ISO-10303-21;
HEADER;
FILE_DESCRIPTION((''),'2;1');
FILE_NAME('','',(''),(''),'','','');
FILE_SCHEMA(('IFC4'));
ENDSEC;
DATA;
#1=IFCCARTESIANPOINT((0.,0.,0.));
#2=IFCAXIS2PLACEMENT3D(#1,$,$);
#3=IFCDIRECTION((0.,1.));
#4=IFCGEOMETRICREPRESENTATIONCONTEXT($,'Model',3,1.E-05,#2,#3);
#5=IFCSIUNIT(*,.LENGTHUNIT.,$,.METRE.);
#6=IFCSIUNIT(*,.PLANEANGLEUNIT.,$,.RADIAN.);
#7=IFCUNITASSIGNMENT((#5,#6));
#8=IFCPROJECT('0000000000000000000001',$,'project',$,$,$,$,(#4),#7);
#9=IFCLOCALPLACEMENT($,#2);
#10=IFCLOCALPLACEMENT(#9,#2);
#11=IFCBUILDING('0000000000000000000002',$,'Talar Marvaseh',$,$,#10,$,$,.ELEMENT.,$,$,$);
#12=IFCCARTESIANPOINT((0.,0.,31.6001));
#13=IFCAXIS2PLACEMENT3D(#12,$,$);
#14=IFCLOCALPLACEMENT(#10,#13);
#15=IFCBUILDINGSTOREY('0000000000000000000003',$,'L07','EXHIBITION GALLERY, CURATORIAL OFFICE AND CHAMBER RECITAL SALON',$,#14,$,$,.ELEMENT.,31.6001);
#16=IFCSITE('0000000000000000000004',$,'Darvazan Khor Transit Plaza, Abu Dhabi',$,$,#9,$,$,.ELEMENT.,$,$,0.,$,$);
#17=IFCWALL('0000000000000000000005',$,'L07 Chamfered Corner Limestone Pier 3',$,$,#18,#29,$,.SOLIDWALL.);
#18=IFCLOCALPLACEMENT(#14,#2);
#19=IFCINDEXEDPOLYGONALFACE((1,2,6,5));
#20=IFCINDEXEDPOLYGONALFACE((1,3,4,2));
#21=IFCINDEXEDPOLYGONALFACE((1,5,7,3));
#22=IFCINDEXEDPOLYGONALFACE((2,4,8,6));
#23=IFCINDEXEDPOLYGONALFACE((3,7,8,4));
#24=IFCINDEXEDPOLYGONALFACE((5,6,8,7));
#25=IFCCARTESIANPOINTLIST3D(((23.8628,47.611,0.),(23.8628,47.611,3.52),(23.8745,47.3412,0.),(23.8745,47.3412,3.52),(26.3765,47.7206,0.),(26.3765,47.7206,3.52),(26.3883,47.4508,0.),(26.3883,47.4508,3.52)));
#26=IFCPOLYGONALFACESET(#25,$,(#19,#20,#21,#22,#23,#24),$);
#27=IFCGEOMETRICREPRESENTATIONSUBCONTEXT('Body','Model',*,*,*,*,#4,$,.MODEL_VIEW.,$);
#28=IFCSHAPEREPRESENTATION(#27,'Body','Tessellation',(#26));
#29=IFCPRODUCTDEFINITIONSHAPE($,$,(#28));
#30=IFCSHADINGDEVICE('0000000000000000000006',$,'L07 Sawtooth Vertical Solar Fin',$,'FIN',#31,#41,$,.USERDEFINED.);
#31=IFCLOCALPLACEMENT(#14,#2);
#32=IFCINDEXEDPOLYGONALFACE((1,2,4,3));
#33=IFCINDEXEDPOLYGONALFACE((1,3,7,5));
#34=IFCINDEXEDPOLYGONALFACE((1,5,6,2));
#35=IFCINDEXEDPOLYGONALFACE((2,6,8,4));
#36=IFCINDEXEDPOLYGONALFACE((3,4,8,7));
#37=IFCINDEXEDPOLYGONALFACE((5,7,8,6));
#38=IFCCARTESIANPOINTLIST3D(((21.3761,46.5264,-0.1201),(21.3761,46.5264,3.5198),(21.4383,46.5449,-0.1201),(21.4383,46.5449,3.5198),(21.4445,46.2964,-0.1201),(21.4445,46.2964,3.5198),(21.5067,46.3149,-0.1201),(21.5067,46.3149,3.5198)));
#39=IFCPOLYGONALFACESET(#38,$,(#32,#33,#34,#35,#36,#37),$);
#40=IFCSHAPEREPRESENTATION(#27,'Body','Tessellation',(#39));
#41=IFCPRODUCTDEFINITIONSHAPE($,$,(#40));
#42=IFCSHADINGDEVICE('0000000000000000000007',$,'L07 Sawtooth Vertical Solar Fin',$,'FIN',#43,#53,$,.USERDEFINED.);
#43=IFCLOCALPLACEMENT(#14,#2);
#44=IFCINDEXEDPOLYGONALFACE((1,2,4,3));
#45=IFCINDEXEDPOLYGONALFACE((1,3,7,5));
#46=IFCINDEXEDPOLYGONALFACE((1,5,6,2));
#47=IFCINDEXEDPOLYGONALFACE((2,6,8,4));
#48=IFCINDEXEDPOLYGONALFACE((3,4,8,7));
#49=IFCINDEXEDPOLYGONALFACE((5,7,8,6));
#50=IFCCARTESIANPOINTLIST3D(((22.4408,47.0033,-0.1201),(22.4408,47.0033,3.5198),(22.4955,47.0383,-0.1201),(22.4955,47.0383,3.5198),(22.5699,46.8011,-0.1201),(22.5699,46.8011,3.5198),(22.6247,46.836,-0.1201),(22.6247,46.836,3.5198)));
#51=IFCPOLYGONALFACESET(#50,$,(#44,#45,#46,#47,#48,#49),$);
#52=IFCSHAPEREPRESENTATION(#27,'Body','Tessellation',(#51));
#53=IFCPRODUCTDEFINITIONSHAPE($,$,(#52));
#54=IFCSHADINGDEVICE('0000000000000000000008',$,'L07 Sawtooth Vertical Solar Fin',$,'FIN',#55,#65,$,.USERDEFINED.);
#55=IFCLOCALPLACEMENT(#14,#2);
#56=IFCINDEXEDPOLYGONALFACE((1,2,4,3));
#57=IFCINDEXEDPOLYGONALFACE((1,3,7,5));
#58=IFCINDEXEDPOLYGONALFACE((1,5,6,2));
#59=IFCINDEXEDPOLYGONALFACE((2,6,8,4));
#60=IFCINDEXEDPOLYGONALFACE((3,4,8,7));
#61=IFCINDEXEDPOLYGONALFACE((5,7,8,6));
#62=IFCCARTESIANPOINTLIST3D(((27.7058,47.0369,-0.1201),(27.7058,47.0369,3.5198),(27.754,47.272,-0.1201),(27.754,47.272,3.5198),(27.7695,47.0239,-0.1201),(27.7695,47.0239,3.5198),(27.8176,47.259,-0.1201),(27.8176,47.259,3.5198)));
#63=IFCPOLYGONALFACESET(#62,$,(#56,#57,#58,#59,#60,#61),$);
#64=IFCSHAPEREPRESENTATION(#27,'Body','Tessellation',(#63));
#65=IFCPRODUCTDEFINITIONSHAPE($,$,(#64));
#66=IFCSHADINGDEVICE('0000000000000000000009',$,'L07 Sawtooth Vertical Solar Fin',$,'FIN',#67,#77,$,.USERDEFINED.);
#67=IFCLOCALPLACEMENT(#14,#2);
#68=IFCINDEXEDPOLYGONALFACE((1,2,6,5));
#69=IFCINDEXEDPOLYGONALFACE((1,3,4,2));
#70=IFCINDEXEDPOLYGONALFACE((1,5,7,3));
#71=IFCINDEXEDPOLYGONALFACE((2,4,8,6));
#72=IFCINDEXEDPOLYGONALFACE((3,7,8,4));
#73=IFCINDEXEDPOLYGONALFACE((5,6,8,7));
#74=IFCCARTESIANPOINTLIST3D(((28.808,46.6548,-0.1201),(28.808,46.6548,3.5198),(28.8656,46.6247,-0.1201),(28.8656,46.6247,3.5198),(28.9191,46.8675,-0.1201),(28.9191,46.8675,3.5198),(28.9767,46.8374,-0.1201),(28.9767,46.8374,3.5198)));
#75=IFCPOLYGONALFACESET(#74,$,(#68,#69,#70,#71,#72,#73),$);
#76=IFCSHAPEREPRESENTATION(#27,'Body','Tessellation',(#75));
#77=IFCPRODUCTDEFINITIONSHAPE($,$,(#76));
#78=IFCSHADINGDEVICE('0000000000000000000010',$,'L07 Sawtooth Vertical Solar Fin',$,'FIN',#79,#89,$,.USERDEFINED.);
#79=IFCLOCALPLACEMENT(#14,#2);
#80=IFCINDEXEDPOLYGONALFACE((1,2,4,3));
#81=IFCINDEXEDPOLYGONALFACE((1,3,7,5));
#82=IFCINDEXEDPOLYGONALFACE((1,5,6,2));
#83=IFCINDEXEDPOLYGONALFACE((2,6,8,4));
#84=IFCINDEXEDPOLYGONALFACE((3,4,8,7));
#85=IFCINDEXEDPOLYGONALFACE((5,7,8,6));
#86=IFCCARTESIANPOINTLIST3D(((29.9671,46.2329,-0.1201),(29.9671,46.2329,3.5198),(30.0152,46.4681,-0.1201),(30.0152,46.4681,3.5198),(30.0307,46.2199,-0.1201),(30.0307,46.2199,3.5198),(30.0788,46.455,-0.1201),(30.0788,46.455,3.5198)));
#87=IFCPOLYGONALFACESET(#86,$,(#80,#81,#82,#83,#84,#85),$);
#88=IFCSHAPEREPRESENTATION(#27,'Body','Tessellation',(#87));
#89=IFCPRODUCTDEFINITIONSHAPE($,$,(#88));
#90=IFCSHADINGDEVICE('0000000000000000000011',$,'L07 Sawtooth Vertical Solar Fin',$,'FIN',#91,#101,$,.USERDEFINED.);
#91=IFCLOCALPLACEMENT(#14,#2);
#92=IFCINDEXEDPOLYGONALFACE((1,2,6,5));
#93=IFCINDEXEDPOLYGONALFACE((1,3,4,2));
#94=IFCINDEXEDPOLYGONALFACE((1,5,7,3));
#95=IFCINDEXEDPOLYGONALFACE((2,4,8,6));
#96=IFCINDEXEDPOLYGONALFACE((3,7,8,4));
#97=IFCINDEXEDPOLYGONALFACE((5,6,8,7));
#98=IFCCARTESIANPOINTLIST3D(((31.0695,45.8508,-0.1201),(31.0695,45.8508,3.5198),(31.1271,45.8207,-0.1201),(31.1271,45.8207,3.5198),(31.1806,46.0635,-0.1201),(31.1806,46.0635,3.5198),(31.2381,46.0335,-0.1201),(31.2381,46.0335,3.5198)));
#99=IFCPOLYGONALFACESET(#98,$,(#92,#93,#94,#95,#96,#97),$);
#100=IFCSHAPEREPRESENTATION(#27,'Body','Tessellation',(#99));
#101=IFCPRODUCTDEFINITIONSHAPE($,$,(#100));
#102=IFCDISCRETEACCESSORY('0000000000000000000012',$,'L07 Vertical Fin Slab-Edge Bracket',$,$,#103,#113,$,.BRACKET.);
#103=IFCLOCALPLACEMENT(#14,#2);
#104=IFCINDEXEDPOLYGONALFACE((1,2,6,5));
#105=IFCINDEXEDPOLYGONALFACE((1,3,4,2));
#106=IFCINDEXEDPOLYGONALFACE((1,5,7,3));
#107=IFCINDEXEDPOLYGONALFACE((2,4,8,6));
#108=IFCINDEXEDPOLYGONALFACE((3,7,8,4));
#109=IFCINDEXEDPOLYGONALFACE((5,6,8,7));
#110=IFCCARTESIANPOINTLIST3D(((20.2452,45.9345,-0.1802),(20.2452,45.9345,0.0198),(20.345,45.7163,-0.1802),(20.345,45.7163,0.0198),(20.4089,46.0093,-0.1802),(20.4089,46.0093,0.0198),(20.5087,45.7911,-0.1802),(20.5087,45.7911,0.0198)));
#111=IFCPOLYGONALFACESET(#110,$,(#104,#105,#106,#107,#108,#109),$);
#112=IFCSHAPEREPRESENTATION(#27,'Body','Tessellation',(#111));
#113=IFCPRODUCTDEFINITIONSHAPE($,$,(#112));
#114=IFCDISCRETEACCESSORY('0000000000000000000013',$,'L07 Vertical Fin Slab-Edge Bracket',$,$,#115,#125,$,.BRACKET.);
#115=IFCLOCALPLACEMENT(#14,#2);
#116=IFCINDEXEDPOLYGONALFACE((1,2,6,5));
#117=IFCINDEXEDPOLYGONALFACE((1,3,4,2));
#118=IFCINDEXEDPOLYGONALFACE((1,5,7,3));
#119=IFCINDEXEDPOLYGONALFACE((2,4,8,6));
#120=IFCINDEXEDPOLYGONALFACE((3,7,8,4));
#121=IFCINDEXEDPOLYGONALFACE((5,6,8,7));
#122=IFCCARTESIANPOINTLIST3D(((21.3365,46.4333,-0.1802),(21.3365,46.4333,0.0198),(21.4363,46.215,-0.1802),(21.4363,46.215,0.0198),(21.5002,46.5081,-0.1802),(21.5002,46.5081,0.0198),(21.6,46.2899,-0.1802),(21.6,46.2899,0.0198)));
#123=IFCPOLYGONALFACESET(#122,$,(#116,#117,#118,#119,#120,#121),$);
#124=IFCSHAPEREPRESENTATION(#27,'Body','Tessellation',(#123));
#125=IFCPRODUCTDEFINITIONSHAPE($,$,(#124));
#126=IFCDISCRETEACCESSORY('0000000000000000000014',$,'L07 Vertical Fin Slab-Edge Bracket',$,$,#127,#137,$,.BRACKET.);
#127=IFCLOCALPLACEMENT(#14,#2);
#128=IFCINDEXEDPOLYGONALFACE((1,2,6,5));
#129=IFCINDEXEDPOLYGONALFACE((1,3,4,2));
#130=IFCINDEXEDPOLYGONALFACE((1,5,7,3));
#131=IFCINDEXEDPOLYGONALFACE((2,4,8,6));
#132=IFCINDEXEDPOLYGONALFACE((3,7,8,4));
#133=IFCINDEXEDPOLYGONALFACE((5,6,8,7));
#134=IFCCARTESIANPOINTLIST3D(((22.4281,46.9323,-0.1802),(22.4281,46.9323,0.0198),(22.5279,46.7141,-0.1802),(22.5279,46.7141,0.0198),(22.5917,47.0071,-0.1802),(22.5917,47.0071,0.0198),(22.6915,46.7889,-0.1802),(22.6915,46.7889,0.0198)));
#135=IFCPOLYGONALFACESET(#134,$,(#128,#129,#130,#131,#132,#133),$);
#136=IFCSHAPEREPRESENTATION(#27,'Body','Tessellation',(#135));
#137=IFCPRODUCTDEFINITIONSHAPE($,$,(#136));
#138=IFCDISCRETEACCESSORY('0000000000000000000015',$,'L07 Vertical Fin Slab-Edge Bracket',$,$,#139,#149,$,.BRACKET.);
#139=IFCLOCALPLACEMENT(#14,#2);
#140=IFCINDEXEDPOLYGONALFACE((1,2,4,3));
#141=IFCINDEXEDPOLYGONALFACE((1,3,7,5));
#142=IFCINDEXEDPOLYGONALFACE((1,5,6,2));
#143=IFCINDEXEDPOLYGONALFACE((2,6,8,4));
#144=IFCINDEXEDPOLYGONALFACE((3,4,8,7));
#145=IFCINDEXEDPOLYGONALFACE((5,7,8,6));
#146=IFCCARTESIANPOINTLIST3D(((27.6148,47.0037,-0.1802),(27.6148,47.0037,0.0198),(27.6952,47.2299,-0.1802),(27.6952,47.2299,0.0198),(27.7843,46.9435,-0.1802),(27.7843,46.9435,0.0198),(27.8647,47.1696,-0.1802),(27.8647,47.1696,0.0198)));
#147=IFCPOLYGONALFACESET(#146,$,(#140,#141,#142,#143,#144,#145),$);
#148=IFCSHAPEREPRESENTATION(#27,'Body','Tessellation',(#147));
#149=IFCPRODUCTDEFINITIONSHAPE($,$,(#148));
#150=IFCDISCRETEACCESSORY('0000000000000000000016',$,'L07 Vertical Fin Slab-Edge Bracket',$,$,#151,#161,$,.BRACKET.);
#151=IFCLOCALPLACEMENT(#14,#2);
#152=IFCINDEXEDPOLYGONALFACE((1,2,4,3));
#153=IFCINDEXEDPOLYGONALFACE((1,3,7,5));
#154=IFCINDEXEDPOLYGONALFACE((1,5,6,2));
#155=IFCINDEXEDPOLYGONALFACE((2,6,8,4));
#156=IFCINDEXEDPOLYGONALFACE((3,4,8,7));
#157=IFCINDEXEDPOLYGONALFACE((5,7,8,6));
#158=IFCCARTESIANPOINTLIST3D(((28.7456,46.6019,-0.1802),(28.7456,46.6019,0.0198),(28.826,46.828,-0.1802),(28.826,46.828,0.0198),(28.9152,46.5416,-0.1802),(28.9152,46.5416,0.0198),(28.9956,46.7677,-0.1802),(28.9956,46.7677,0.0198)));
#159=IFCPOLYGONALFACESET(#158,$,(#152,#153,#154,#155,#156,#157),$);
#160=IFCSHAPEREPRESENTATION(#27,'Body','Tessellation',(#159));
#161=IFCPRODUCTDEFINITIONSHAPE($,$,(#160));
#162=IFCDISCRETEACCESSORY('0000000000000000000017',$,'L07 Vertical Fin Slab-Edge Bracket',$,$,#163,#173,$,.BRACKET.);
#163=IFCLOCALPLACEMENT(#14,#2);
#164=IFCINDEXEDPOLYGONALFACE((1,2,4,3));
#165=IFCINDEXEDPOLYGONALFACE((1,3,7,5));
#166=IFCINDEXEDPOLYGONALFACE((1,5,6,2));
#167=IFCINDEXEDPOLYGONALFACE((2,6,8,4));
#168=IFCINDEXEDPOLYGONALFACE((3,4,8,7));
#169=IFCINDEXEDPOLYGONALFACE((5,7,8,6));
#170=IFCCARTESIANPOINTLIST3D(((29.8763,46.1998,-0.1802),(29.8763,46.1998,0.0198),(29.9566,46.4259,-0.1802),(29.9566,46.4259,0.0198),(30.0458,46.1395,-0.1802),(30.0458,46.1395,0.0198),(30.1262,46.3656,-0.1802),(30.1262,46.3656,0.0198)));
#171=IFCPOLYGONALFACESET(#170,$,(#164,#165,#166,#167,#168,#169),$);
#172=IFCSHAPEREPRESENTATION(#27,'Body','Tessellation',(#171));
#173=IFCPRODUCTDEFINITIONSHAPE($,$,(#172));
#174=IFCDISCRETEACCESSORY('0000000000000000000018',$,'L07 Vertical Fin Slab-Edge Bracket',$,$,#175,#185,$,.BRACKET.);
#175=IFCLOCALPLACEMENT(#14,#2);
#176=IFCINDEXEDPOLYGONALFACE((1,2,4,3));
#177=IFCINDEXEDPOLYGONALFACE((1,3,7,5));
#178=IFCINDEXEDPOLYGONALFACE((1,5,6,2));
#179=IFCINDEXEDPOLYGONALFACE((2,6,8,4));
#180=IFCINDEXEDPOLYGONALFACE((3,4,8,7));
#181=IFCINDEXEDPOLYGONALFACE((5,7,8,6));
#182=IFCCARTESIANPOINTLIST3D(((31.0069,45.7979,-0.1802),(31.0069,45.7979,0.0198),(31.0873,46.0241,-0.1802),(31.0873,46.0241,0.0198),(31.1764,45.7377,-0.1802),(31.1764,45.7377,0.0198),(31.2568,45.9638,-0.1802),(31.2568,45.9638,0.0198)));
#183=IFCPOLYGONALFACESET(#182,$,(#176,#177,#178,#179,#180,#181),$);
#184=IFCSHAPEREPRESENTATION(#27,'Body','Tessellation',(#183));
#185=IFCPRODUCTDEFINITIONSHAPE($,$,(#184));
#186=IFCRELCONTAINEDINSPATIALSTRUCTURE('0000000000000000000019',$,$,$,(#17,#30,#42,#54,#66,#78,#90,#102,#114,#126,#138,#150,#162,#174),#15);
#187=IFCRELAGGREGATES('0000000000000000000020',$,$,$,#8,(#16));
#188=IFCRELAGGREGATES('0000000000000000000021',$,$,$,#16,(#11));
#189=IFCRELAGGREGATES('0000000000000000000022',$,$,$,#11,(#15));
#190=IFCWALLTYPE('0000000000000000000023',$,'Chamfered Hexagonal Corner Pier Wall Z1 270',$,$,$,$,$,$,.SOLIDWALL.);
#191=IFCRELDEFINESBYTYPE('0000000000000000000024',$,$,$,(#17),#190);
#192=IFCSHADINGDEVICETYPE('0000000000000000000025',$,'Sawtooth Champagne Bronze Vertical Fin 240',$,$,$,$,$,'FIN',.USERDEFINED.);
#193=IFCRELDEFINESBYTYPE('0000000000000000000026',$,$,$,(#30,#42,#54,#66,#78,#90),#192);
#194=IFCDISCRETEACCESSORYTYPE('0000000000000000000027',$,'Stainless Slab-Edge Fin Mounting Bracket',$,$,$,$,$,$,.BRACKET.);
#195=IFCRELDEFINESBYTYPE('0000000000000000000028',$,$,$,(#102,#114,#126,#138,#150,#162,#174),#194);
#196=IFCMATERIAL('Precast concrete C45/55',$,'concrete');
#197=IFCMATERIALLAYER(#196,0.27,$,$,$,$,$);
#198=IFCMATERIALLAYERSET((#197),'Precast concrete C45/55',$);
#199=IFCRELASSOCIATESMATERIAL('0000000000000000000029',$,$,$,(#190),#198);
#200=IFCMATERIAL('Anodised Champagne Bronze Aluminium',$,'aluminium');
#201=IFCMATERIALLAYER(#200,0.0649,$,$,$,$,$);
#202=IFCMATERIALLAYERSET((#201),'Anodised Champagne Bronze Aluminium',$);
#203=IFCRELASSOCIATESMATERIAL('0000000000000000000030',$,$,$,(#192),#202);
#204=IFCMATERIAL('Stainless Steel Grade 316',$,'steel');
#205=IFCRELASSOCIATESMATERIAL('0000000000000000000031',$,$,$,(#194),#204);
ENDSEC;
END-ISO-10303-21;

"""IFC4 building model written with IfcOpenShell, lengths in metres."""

from ifc_helpers import new_model, si_unit, direction, frame, frame_2d, origin, origin_2d, place, context, subcontext, project, spatial, rectangle, extrude, source, transform, mapped, material, layer, layer_set, type_object, type_shapes, element, save


model = new_model("IFC4")

# Units and contexts
model_context = context("Model", 3, precision=1e-05, world=origin(), true_north=direction((0.0, 1.0)))
body_context = subcontext(model_context, "Body", "Model", "MODEL_VIEW")
ifc_project = project(units=[si_unit("LENGTHUNIT", "METRE"), si_unit("PLANEANGLEUNIT", "RADIAN")], contexts=[model_context])

# Site, building, storey
site_placement = place(None, origin())
site = spatial("IfcSite", under=ifc_project, at=site_placement, Name="Darvazan Khor Transit Plaza, Abu Dhabi", CompositionType="ELEMENT", RefElevation=0.0)
building_placement = place(site_placement, origin())
building = spatial("IfcBuilding", under=site, at=building_placement, Name="Talar Marvaseh", CompositionType="ELEMENT")
storey_placement = place(building_placement, frame((0.0, 0.0, 31.6001)))
storey = spatial("IfcBuildingStorey", under=building, at=storey_placement, Name="L07", Description="EXHIBITION GALLERY, CURATORIAL OFFICE AND CHAMBER RECITAL SALON", CompositionType="ELEMENT", Elevation=31.6001)

# Wall
ifc_material_1 = material(Name="Precast concrete C45/55", Category="concrete")
ifc_layer_1 = layer(ifc_material_1, 0.27)
ifc_layer_set_1 = layer_set([ifc_layer_1], Name="Precast concrete C45/55")
wall_type = type_object("IfcWallType", Name="Chamfered Hexagonal Corner Pier Wall Z1 270", PredefinedType="SOLIDWALL", material=ifc_layer_set_1)
wall_placement = place(storey_placement, frame((23.8687, 47.4761, 0.0), z_axis=(0.0, 0.0, 1.0), x_axis=(0.99905, 0.043568, 0.0)))
element("IfcWall", 1, at=wall_placement, inside=storey, type_object=wall_type, Name="L07 Chamfered Corner Limestone Pier 3", PredefinedType="SOLIDWALL", context=body_context, shape_type="SweptSolid", body=[
    extrude(rectangle(XDim=2.5161, YDim=0.27, at=frame_2d((1.2581, 0.0))), origin(), (0.0, 0.0, 1.0), 3.52),
])

# Shading devices
ifc_material_2 = material(Name="Anodised Champagne Bronze Aluminium", Category="aluminium")
ifc_layer_2 = layer(ifc_material_2, 0.0649)
ifc_layer_set_2 = layer_set([ifc_layer_2], Name="Anodised Champagne Bronze Aluminium")
shading_device_type = type_object("IfcShadingDeviceType", Name="Sawtooth Champagne Bronze Vertical Fin 240", ElementType="FIN", PredefinedType="USERDEFINED", material=ifc_layer_set_2)
shared_shape_1 = source(origin(), body_context, "Body", "SweptSolid", [
    extrude(rectangle(XDim=0.24, YDim=0.0649, at=origin_2d()), origin(), (0.0, 0.0, 1.0), 3.6399),
])
type_shapes(shading_device_type, [shared_shape_1])
for number, where, z_axis, x_axis, name in (
    (2, (21.4414, 46.4207, -0.1201), (0.0, 0.0, 1.0), (-0.285187, 0.958472, 0.0), "L07 Sawtooth Vertical Solar Fin"),
    (3, (22.5327, 46.9197, -0.1201), (0.0, 0.0, 1.0), (-0.53833, 0.842734, 0.0), "L07 Sawtooth Vertical Solar Fin"),
    (4, (27.7617, 47.1479, -0.1201), (0.0, 0.0, 1.0), (0.200565, 0.97968, 0.0), "L07 Sawtooth Vertical Solar Fin"),
    (5, (28.8923, 46.7461, -0.1201), (0.0, 0.0, 1.0), (0.462832, 0.886446, 0.0), "L07 Sawtooth Vertical Solar Fin"),
    (6, (30.0229, 46.344, -0.1201), (0.0, 0.0, 1.0), (0.200565, 0.97968, 0.0), "L07 Sawtooth Vertical Solar Fin"),
    (7, (31.1538, 45.9421, -0.1201), (0.0, 0.0, 1.0), (0.462832, 0.886446, 0.0), "L07 Sawtooth Vertical Solar Fin"),
):
    element("IfcShadingDevice", number, at=place(storey_placement, frame(where, z_axis=z_axis, x_axis=x_axis)), inside=storey, type_object=shading_device_type, Name=name, ObjectType="FIN", PredefinedType="USERDEFINED", context=body_context, shape_type="MappedRepresentation", body=[
        mapped(shared_shape_1, transform((0.0, 0.0, 0.0), x_axis=(1.0, 0.0, 0.0), y_axis=(0.0, 1.0, 0.0), z_axis=(0.0, 0.0, 1.0), scale=1.0)),
    ])

# Discrete accessories
ifc_material_3 = material(Name="Stainless Steel Grade 316", Category="steel")
discrete_accessory_type = type_object("IfcDiscreteAccessoryType", Name="Stainless Slab-Edge Fin Mounting Bracket", PredefinedType="BRACKET", material=ifc_material_3)
shared_shape_2 = source(origin(), body_context, "Body", "SweptSolid", [
    extrude(rectangle(XDim=0.24, YDim=0.1799, at=origin_2d()), origin(), (0.0, 0.0, 1.0), 0.2),
])
type_shapes(discrete_accessory_type, [shared_shape_2])
for number, where, z_axis, x_axis, name in (
    (8, (20.377, 45.8628, -0.1802), (0.0, 0.0, 1.0), (-0.415805, 0.909454, 0.0), "L07 Vertical Fin Slab-Edge Bracket"),
    (9, (21.4683, 46.3616, -0.1802), (0.0, 0.0, 1.0), (-0.415805, 0.909454, 0.0), "L07 Vertical Fin Slab-Edge Bracket"),
    (10, (22.5598, 46.8606, -0.1802), (0.0, 0.0, 1.0), (-0.415805, 0.909454, 0.0), "L07 Vertical Fin Slab-Edge Bracket"),
    (11, (27.7397, 47.0867, -0.1802), (0.0, 0.0, 1.0), (0.334958, 0.942233, 0.0), "L07 Vertical Fin Slab-Edge Bracket"),
    (12, (28.8706, 46.6848, -0.1802), (0.0, 0.0, 1.0), (0.334958, 0.942233, 0.0), "L07 Vertical Fin Slab-Edge Bracket"),
    (13, (30.0012, 46.2827, -0.1802), (0.0, 0.0, 1.0), (0.334958, 0.942233, 0.0), "L07 Vertical Fin Slab-Edge Bracket"),
    (14, (31.1318, 45.8809, -0.1802), (0.0, 0.0, 1.0), (0.334958, 0.942233, 0.0), "L07 Vertical Fin Slab-Edge Bracket"),
):
    element("IfcDiscreteAccessory", number, at=place(storey_placement, frame(where, z_axis=z_axis, x_axis=x_axis)), inside=storey, type_object=discrete_accessory_type, Name=name, PredefinedType="BRACKET", context=body_context, shape_type="MappedRepresentation", body=[
        mapped(shared_shape_2, transform((0.0, 0.0, 0.0), x_axis=(1.0, 0.0, 0.0), y_axis=(0.0, 1.0, 0.0), z_axis=(0.0, 0.0, 1.0), scale=1.0)),
    ])

save(model, "model.ifc")
